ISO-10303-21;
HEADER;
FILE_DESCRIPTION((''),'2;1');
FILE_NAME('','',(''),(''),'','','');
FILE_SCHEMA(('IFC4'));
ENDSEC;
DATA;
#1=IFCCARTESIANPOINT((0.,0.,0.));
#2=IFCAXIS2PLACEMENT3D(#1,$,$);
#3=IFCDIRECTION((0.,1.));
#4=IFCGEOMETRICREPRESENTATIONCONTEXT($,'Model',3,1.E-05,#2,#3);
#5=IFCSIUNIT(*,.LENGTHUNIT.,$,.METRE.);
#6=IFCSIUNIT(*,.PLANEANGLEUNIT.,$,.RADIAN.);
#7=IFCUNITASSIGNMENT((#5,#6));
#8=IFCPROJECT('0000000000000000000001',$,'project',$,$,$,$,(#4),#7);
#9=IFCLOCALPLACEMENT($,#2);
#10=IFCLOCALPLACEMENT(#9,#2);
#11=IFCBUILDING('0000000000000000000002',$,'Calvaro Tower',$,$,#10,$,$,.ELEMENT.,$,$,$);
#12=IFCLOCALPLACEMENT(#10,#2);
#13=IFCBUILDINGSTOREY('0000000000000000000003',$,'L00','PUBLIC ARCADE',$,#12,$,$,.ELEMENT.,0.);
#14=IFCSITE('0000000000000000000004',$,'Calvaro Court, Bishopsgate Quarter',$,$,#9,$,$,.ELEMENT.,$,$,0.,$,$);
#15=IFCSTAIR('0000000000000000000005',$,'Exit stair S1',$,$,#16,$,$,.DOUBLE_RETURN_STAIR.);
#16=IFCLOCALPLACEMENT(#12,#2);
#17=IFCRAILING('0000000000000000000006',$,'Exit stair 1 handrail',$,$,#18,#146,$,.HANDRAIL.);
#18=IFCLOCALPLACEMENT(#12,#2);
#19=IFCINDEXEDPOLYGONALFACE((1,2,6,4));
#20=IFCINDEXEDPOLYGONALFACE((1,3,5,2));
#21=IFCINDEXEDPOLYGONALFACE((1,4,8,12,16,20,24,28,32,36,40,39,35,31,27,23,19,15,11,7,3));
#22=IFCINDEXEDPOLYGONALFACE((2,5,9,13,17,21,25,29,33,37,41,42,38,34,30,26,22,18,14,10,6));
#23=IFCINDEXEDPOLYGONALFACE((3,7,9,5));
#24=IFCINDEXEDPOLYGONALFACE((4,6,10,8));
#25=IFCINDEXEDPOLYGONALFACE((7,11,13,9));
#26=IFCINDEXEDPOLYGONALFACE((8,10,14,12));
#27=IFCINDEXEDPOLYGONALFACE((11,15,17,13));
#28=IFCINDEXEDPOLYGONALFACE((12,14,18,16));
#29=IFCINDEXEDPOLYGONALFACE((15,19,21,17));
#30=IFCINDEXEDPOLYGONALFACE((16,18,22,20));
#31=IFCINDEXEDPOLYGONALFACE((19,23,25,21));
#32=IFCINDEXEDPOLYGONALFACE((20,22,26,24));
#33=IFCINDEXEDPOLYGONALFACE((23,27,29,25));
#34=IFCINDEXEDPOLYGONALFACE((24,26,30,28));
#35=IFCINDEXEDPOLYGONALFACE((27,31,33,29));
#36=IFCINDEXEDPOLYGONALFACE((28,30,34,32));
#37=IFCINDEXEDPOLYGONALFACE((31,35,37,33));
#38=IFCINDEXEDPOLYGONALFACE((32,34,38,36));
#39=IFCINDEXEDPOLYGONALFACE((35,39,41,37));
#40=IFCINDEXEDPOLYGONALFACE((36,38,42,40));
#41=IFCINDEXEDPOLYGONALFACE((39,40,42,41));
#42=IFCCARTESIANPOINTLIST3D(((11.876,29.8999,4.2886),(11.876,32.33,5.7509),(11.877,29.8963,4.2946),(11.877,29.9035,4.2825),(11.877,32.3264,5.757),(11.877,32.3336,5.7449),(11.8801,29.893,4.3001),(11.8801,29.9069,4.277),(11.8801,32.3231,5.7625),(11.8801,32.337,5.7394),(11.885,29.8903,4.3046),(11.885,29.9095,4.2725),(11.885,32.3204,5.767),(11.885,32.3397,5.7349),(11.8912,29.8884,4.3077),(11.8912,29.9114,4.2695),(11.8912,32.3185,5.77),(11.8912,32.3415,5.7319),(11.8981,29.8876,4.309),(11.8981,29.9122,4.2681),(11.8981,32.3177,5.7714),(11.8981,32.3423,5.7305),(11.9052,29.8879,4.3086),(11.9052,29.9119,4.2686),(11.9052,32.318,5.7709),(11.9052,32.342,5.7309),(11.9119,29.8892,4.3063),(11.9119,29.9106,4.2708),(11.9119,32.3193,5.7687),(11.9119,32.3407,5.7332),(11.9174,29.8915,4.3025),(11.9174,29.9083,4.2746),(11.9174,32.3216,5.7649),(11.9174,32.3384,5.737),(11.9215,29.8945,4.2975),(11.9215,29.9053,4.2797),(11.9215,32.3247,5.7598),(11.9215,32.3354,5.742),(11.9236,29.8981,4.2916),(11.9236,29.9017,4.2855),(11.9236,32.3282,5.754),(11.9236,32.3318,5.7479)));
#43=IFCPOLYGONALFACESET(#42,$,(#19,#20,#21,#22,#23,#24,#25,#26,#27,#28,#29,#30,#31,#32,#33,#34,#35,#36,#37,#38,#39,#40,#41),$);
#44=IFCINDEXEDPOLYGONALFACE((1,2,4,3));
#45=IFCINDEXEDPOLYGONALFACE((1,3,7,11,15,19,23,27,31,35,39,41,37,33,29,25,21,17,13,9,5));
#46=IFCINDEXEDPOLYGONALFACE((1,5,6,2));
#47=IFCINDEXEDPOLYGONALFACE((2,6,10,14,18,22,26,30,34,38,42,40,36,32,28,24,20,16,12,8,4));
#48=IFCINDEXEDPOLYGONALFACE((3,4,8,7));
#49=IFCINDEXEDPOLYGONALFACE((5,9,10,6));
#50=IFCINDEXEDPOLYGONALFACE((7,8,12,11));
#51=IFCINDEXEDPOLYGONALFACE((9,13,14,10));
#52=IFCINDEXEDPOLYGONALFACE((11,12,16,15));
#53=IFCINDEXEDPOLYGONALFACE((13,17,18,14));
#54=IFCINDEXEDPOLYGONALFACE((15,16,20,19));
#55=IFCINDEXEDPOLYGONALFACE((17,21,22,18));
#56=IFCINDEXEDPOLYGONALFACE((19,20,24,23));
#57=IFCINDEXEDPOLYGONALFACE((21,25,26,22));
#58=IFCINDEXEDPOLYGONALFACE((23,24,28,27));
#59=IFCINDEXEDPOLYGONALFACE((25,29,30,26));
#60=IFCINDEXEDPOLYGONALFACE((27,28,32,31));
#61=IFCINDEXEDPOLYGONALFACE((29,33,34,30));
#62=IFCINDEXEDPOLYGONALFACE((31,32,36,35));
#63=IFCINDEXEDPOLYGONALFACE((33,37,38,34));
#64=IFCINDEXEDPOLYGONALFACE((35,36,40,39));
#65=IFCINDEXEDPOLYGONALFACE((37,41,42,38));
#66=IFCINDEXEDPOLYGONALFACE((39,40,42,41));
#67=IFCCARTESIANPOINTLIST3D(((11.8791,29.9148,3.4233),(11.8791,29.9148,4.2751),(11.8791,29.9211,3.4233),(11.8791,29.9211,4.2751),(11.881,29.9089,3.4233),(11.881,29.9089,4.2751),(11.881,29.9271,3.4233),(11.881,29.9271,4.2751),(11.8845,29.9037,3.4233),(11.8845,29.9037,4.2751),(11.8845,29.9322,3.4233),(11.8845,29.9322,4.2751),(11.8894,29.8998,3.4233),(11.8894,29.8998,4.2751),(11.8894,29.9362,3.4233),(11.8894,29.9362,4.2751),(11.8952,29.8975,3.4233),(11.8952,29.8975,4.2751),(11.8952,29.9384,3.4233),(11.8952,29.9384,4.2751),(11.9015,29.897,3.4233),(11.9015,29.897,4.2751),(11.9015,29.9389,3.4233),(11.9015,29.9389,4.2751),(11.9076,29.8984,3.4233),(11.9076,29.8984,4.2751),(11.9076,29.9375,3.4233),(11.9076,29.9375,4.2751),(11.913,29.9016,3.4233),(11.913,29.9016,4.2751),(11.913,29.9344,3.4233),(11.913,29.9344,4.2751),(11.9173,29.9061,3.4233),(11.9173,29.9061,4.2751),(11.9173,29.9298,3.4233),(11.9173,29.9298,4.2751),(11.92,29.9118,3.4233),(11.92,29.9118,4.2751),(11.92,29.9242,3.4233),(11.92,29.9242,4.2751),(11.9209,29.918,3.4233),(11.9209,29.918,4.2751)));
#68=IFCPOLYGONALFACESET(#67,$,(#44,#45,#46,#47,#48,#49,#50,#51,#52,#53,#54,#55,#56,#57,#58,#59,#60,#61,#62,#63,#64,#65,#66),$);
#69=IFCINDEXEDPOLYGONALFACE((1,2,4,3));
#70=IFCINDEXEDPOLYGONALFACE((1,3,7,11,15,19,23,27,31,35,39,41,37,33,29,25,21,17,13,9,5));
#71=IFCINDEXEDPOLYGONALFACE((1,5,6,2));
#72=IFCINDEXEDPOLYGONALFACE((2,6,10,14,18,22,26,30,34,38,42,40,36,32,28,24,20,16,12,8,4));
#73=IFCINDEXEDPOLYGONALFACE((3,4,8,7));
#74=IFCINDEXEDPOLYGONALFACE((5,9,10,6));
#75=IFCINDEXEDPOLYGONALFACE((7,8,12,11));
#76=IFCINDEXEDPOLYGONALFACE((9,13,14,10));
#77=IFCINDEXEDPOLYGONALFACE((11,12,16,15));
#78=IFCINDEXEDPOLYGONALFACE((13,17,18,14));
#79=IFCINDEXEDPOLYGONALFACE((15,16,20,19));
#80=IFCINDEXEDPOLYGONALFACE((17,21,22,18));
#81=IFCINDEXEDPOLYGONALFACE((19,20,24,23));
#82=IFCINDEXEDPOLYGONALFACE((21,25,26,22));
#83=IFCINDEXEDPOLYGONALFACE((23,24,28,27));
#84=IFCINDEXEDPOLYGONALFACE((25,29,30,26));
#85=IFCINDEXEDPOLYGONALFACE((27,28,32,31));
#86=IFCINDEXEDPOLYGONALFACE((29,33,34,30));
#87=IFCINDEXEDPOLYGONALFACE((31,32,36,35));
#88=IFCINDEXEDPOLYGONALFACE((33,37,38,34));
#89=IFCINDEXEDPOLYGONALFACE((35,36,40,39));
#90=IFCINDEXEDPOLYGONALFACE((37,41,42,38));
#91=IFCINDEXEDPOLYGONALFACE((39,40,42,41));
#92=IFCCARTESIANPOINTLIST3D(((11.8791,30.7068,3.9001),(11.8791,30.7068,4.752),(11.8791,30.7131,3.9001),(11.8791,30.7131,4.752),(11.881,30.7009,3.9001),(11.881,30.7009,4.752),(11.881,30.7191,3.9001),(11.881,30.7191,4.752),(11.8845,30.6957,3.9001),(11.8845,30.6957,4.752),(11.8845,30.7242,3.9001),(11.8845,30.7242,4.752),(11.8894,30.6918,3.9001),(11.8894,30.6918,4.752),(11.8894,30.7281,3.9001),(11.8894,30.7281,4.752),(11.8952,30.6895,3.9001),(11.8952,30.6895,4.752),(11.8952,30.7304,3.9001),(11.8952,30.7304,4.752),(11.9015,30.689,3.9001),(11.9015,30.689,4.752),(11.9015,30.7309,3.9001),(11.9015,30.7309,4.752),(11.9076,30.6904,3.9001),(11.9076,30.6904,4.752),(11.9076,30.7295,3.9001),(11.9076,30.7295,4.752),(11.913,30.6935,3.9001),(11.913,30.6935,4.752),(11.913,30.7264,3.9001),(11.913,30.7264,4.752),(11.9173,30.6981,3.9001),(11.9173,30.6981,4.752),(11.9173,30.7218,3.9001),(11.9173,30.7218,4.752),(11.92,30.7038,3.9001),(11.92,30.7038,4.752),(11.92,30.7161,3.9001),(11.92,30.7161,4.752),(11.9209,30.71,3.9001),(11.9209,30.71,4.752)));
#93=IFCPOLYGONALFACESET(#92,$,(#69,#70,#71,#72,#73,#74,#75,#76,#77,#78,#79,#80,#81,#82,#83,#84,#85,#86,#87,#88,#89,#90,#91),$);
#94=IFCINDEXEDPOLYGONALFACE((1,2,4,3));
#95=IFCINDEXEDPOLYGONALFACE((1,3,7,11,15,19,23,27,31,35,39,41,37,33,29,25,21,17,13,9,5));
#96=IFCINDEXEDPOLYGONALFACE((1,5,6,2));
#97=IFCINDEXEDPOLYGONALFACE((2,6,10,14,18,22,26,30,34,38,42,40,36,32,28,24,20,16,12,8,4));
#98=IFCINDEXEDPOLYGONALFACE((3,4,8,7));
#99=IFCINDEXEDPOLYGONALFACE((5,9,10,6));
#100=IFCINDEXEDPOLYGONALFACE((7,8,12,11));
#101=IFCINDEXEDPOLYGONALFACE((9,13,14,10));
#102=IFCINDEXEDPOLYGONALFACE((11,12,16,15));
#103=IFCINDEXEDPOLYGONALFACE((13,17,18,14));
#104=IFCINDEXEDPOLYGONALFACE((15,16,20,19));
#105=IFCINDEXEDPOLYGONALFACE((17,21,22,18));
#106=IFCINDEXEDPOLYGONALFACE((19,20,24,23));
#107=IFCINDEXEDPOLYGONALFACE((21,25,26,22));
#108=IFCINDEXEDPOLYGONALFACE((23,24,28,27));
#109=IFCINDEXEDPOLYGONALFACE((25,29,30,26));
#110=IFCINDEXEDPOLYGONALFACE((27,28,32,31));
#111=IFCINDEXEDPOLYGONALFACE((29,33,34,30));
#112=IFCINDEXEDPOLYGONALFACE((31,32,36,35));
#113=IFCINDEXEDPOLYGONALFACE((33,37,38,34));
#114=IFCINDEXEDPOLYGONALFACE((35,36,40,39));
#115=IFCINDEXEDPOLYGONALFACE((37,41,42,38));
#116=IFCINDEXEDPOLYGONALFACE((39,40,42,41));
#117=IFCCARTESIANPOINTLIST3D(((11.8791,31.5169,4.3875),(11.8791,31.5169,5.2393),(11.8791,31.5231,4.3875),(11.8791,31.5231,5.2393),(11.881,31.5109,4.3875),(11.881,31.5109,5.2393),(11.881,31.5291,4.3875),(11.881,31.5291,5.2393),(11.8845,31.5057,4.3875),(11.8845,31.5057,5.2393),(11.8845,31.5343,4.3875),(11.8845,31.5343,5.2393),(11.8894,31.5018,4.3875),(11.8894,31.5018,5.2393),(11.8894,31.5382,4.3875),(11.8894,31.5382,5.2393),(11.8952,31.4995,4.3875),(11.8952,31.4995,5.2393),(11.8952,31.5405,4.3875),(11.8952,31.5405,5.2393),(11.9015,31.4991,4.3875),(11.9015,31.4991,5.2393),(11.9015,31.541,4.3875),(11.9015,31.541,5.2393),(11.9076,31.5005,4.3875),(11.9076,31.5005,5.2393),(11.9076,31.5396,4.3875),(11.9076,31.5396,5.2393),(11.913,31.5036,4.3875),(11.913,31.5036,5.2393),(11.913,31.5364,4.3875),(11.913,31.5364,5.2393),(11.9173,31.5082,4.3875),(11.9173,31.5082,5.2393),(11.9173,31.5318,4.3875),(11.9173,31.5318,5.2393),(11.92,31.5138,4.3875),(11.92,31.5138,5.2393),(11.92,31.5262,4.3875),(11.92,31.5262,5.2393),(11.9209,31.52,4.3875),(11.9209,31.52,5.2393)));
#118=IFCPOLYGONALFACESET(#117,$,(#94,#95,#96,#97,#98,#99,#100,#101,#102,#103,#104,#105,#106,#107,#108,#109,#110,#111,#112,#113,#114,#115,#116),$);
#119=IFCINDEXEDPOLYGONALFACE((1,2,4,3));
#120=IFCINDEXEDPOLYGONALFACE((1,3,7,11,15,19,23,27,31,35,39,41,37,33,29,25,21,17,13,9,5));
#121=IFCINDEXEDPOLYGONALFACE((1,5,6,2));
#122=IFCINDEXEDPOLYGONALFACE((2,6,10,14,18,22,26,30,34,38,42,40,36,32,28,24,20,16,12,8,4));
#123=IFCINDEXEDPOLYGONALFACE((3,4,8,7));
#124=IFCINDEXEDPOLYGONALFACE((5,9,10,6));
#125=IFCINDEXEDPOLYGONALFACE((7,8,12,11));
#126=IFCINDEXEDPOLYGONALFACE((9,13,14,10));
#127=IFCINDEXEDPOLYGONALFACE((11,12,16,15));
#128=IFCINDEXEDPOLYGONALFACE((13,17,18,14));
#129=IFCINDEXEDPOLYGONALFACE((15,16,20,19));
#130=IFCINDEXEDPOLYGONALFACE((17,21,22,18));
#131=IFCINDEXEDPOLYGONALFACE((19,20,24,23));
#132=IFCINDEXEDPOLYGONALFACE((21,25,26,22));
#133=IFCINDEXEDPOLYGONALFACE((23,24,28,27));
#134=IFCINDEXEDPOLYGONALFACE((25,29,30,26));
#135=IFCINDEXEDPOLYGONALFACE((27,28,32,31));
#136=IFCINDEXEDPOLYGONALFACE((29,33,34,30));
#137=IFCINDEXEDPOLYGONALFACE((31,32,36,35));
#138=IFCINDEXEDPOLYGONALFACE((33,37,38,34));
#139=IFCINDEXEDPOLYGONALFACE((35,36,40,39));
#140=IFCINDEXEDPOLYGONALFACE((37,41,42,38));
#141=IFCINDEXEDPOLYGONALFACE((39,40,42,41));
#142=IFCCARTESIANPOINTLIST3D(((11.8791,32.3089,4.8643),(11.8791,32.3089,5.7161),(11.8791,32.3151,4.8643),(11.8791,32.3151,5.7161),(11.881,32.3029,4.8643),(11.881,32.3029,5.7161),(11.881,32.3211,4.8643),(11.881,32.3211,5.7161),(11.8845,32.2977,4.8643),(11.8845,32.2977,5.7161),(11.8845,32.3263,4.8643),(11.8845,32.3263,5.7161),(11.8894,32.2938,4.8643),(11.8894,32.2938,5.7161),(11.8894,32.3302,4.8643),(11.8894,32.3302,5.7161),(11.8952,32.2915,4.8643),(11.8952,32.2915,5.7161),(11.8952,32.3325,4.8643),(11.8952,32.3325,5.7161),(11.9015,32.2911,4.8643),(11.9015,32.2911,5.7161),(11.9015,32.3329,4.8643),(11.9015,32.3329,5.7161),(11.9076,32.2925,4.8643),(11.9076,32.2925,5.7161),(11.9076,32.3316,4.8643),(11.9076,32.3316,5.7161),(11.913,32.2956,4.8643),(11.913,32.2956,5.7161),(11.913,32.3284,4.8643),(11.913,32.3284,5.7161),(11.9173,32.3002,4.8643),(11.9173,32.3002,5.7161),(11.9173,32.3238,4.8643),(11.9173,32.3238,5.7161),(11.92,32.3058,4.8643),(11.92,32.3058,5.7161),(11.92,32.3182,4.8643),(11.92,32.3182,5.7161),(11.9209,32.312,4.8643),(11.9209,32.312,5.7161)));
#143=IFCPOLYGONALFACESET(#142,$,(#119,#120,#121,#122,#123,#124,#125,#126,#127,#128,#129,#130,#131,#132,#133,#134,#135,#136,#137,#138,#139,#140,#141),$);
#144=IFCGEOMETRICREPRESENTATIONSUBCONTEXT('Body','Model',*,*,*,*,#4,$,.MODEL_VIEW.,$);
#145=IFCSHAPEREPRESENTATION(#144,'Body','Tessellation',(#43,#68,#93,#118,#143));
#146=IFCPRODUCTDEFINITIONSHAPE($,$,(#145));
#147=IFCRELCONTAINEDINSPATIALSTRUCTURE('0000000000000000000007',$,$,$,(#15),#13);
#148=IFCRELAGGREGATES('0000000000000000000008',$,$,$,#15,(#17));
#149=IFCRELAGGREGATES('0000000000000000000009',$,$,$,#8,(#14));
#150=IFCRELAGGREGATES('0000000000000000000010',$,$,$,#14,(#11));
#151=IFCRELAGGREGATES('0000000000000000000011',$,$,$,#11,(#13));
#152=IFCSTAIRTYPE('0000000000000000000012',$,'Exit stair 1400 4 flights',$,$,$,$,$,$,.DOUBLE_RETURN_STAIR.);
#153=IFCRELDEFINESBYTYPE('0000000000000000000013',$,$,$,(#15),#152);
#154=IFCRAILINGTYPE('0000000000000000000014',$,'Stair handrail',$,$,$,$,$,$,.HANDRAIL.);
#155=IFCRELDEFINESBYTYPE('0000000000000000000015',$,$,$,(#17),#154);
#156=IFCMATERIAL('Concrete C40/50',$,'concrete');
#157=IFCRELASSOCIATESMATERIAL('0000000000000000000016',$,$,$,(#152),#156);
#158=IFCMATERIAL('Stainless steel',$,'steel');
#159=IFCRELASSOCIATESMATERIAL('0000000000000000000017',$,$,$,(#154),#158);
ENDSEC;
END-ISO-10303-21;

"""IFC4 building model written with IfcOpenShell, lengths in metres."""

from ifc_helpers import new_model, si_unit, direction, frame, origin, origin_2d, place, context, subcontext, project, spatial, circle, extrude, material, type_object, element, aggregate, save


model = new_model("IFC4")

# Units and contexts
model_context = context("Model", 3, precision=1e-05, world=origin(), true_north=direction((0.0, 1.0)))
body_context = subcontext(model_context, "Body", "Model", "MODEL_VIEW")
ifc_project = project(units=[si_unit("LENGTHUNIT", "METRE"), si_unit("PLANEANGLEUNIT", "RADIAN")], contexts=[model_context])

# Site, building, storey
site_placement = place(None, origin())
site = spatial("IfcSite", under=ifc_project, at=site_placement, Name="Calvaro Court, Bishopsgate Quarter", CompositionType="ELEMENT", RefElevation=0.0)
building_placement = place(site_placement, origin())
building = spatial("IfcBuilding", under=site, at=building_placement, Name="Calvaro Tower", CompositionType="ELEMENT")
storey_placement = place(building_placement, origin())
storey = spatial("IfcBuildingStorey", under=building, at=storey_placement, Name="L00", Description="PUBLIC ARCADE", CompositionType="ELEMENT", Elevation=0.0)

# Stair, railing
ifc_material_1 = material(Name="Concrete C40/50", Category="concrete")
stair_type = type_object("IfcStairType", Name="Exit stair 1400 4 flights", PredefinedType="DOUBLE_RETURN_STAIR", material=ifc_material_1)
stair_placement = place(storey_placement, origin())
stair = element("IfcStair", 1, at=stair_placement, inside=storey, type_object=stair_type, Name="Exit stair S1", PredefinedType="DOUBLE_RETURN_STAIR")
ifc_material_2 = material(Name="Stainless steel", Category="steel")
railing_type = type_object("IfcRailingType", Name="Stair handrail", PredefinedType="HANDRAIL", material=ifc_material_2)
railing_1_placement = place(storey_placement, frame((11.8999, 29.8999, 3.4126)))
railing_1 = element("IfcRailing", 2, at=railing_1_placement, type_object=railing_type, Name="Exit stair 1 handrail", PredefinedType="HANDRAIL", context=body_context, shape_type="SweptSolid", body=[
    extrude(circle(Radius=0.0239, at=origin_2d()), frame((0.0, 0.0, 0.876), z_axis=(0.0, 0.856824, 0.515609), x_axis=(-1.0, 0.0, 0.0)), (0.0, 0.0, 1.0), 2.8362),
    extrude(circle(Radius=0.021, at=origin_2d()), frame((0.0, 0.0181, 0.0107)), (0.0, 0.0, 1.0), 0.8518),
    extrude(circle(Radius=0.021, at=origin_2d()), frame((0.0, 0.8101, 0.4875)), (0.0, 0.0, 1.0), 0.8518),
    extrude(circle(Radius=0.021, at=origin_2d()), frame((0.0, 1.6201, 0.9749)), (0.0, 0.0, 1.0), 0.8518),
    extrude(circle(Radius=0.021, at=origin_2d()), frame((0.0, 2.4121, 1.4517)), (0.0, 0.0, 1.0), 0.8518),
])
aggregate(stair, [railing_1])

save(model, "model.ifc")
